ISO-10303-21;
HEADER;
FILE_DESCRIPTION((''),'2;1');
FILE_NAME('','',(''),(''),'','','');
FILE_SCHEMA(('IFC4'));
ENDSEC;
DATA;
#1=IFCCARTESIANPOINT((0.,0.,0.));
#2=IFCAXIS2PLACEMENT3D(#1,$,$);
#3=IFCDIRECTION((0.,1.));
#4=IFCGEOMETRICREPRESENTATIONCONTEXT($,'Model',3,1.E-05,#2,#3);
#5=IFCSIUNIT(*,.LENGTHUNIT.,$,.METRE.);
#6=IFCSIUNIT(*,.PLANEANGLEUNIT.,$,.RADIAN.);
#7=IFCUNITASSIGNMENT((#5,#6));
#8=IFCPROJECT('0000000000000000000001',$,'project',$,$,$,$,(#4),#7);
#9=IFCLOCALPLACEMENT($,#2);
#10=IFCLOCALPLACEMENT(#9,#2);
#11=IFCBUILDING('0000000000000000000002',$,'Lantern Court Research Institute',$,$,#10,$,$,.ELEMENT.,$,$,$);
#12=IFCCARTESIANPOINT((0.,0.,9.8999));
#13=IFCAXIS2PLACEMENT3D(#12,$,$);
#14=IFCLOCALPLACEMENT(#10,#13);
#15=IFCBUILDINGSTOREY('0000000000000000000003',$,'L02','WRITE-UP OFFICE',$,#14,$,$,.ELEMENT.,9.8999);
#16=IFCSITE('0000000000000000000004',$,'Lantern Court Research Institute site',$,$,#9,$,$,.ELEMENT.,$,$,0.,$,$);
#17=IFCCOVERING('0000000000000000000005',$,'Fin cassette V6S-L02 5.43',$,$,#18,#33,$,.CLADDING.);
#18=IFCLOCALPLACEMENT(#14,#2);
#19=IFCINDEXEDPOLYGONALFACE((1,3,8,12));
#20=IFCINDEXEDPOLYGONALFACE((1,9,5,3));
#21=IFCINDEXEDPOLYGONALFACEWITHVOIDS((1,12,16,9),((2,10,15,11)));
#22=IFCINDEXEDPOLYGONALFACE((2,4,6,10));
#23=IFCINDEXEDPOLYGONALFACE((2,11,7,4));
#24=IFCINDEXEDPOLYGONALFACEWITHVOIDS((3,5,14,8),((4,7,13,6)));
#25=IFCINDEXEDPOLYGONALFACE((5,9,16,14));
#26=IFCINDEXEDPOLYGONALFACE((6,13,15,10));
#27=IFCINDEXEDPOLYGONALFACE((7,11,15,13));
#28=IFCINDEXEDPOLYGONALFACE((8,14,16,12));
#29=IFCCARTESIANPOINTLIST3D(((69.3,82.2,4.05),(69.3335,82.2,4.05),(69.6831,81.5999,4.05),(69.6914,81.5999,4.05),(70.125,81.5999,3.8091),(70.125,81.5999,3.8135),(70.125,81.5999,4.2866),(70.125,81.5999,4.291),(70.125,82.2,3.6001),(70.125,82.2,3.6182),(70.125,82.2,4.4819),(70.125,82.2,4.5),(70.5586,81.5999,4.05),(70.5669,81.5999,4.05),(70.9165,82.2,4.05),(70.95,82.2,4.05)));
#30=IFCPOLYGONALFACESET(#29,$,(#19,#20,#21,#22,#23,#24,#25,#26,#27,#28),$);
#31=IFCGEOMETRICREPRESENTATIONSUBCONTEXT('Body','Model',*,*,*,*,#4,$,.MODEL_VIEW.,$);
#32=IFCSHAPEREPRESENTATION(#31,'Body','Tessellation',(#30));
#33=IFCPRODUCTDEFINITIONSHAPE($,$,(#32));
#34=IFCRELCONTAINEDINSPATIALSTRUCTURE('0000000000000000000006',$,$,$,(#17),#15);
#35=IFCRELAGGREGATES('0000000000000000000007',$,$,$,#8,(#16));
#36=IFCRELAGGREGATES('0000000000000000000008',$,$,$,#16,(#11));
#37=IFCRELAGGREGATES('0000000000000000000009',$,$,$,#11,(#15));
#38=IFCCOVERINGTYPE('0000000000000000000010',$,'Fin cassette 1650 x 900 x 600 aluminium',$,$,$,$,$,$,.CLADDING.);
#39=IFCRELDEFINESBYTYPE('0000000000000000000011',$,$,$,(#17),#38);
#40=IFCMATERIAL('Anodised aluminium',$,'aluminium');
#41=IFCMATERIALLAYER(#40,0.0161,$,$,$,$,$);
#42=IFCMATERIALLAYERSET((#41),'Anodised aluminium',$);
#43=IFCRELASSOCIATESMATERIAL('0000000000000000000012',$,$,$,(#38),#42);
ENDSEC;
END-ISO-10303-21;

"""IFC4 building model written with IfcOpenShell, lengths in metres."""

from ifc_helpers import new_model, entity, si_unit, direction, frame, origin, place, context, subcontext, project, spatial, material, layer, layer_set, type_object, element, save


model = new_model("IFC4")

# Units and contexts
model_context = context("Model", 3, precision=1e-05, world=origin(), true_north=direction((0.0, 1.0)))
body_context = subcontext(model_context, "Body", "Model", "MODEL_VIEW")
ifc_project = project(units=[si_unit("LENGTHUNIT", "METRE"), si_unit("PLANEANGLEUNIT", "RADIAN")], contexts=[model_context])

# Site, building, storey
site_placement = place(None, origin())
site = spatial("IfcSite", under=ifc_project, at=site_placement, Name="Lantern Court Research Institute site", CompositionType="ELEMENT", RefElevation=0.0)
building_placement = place(site_placement, origin())
building = spatial("IfcBuilding", under=site, at=building_placement, Name="Lantern Court Research Institute", CompositionType="ELEMENT")
storey_placement = place(building_placement, frame((0.0, 0.0, 9.8999)))
storey = spatial("IfcBuildingStorey", under=building, at=storey_placement, Name="L02", Description="WRITE-UP OFFICE", CompositionType="ELEMENT", Elevation=9.8999)

# Covering
ifc_material_1 = material(Name="Anodised aluminium", Category="aluminium")
ifc_layer_1 = layer(ifc_material_1, 0.0161)
ifc_layer_set_1 = layer_set([ifc_layer_1], Name="Anodised aluminium")
covering_type_1 = type_object("IfcCoveringType", Name="Fin cassette 1650 x 900 x 600 aluminium", PredefinedType="CLADDING", material=ifc_layer_set_1)
covering_1_placement = place(storey_placement, frame((70.125, 82.2, 4.05), z_axis=(0.0, -1.0, 0.0), x_axis=(1.0, 0.0, 0.0)))
cartesian_point_1 = entity("IfcCartesianPoint", [0.825, 0.0])
cartesian_point_2 = entity("IfcCartesianPoint", [0.7915, 0.0])
cartesian_point_3 = entity("IfcCartesianPoint", [0.4419, 0.0])
cartesian_point_4 = entity("IfcCartesianPoint", [0.4336, 0.0])
element("IfcCovering", 1, at=covering_1_placement, inside=storey, type_object=covering_type_1, Name="Fin cassette V6S-L02 5.43", PredefinedType="CLADDING", context=body_context, shape_type="SweptSolid", body=[
    entity("IfcExtrudedAreaSolidTapered", entity("IfcArbitraryProfileDefWithVoids", "AREA", None, entity("IfcPolyline", [cartesian_point_1, entity("IfcCartesianPoint", [0.0, 0.45]), entity("IfcCartesianPoint", [-0.825, 0.0]), entity("IfcCartesianPoint", [0.0, -0.45]), cartesian_point_1]), [entity("IfcPolyline", [cartesian_point_2, entity("IfcCartesianPoint", [0.0, 0.4319]), entity("IfcCartesianPoint", [-0.7915, 0.0]), entity("IfcCartesianPoint", [0.0, -0.4319]), cartesian_point_2])]), entity("IfcAxis2Placement3D", entity("IfcCartesianPoint", [0.0, 0.0, 0.0])), entity("IfcDirection", [0.0, 0.0, 1.0]), 0.6001, entity("IfcArbitraryProfileDefWithVoids", "AREA", None, entity("IfcPolyline", [cartesian_point_3, entity("IfcCartesianPoint", [0.0, 0.241]), entity("IfcCartesianPoint", [-0.4419, 0.0]), entity("IfcCartesianPoint", [0.0, -0.241]), cartesian_point_3]), [entity("IfcPolyline", [cartesian_point_4, entity("IfcCartesianPoint", [0.0, 0.2366]), entity("IfcCartesianPoint", [-0.4336, 0.0]), entity("IfcCartesianPoint", [0.0, -0.2366]), cartesian_point_4])])),
])

save(model, "model.ifc")
